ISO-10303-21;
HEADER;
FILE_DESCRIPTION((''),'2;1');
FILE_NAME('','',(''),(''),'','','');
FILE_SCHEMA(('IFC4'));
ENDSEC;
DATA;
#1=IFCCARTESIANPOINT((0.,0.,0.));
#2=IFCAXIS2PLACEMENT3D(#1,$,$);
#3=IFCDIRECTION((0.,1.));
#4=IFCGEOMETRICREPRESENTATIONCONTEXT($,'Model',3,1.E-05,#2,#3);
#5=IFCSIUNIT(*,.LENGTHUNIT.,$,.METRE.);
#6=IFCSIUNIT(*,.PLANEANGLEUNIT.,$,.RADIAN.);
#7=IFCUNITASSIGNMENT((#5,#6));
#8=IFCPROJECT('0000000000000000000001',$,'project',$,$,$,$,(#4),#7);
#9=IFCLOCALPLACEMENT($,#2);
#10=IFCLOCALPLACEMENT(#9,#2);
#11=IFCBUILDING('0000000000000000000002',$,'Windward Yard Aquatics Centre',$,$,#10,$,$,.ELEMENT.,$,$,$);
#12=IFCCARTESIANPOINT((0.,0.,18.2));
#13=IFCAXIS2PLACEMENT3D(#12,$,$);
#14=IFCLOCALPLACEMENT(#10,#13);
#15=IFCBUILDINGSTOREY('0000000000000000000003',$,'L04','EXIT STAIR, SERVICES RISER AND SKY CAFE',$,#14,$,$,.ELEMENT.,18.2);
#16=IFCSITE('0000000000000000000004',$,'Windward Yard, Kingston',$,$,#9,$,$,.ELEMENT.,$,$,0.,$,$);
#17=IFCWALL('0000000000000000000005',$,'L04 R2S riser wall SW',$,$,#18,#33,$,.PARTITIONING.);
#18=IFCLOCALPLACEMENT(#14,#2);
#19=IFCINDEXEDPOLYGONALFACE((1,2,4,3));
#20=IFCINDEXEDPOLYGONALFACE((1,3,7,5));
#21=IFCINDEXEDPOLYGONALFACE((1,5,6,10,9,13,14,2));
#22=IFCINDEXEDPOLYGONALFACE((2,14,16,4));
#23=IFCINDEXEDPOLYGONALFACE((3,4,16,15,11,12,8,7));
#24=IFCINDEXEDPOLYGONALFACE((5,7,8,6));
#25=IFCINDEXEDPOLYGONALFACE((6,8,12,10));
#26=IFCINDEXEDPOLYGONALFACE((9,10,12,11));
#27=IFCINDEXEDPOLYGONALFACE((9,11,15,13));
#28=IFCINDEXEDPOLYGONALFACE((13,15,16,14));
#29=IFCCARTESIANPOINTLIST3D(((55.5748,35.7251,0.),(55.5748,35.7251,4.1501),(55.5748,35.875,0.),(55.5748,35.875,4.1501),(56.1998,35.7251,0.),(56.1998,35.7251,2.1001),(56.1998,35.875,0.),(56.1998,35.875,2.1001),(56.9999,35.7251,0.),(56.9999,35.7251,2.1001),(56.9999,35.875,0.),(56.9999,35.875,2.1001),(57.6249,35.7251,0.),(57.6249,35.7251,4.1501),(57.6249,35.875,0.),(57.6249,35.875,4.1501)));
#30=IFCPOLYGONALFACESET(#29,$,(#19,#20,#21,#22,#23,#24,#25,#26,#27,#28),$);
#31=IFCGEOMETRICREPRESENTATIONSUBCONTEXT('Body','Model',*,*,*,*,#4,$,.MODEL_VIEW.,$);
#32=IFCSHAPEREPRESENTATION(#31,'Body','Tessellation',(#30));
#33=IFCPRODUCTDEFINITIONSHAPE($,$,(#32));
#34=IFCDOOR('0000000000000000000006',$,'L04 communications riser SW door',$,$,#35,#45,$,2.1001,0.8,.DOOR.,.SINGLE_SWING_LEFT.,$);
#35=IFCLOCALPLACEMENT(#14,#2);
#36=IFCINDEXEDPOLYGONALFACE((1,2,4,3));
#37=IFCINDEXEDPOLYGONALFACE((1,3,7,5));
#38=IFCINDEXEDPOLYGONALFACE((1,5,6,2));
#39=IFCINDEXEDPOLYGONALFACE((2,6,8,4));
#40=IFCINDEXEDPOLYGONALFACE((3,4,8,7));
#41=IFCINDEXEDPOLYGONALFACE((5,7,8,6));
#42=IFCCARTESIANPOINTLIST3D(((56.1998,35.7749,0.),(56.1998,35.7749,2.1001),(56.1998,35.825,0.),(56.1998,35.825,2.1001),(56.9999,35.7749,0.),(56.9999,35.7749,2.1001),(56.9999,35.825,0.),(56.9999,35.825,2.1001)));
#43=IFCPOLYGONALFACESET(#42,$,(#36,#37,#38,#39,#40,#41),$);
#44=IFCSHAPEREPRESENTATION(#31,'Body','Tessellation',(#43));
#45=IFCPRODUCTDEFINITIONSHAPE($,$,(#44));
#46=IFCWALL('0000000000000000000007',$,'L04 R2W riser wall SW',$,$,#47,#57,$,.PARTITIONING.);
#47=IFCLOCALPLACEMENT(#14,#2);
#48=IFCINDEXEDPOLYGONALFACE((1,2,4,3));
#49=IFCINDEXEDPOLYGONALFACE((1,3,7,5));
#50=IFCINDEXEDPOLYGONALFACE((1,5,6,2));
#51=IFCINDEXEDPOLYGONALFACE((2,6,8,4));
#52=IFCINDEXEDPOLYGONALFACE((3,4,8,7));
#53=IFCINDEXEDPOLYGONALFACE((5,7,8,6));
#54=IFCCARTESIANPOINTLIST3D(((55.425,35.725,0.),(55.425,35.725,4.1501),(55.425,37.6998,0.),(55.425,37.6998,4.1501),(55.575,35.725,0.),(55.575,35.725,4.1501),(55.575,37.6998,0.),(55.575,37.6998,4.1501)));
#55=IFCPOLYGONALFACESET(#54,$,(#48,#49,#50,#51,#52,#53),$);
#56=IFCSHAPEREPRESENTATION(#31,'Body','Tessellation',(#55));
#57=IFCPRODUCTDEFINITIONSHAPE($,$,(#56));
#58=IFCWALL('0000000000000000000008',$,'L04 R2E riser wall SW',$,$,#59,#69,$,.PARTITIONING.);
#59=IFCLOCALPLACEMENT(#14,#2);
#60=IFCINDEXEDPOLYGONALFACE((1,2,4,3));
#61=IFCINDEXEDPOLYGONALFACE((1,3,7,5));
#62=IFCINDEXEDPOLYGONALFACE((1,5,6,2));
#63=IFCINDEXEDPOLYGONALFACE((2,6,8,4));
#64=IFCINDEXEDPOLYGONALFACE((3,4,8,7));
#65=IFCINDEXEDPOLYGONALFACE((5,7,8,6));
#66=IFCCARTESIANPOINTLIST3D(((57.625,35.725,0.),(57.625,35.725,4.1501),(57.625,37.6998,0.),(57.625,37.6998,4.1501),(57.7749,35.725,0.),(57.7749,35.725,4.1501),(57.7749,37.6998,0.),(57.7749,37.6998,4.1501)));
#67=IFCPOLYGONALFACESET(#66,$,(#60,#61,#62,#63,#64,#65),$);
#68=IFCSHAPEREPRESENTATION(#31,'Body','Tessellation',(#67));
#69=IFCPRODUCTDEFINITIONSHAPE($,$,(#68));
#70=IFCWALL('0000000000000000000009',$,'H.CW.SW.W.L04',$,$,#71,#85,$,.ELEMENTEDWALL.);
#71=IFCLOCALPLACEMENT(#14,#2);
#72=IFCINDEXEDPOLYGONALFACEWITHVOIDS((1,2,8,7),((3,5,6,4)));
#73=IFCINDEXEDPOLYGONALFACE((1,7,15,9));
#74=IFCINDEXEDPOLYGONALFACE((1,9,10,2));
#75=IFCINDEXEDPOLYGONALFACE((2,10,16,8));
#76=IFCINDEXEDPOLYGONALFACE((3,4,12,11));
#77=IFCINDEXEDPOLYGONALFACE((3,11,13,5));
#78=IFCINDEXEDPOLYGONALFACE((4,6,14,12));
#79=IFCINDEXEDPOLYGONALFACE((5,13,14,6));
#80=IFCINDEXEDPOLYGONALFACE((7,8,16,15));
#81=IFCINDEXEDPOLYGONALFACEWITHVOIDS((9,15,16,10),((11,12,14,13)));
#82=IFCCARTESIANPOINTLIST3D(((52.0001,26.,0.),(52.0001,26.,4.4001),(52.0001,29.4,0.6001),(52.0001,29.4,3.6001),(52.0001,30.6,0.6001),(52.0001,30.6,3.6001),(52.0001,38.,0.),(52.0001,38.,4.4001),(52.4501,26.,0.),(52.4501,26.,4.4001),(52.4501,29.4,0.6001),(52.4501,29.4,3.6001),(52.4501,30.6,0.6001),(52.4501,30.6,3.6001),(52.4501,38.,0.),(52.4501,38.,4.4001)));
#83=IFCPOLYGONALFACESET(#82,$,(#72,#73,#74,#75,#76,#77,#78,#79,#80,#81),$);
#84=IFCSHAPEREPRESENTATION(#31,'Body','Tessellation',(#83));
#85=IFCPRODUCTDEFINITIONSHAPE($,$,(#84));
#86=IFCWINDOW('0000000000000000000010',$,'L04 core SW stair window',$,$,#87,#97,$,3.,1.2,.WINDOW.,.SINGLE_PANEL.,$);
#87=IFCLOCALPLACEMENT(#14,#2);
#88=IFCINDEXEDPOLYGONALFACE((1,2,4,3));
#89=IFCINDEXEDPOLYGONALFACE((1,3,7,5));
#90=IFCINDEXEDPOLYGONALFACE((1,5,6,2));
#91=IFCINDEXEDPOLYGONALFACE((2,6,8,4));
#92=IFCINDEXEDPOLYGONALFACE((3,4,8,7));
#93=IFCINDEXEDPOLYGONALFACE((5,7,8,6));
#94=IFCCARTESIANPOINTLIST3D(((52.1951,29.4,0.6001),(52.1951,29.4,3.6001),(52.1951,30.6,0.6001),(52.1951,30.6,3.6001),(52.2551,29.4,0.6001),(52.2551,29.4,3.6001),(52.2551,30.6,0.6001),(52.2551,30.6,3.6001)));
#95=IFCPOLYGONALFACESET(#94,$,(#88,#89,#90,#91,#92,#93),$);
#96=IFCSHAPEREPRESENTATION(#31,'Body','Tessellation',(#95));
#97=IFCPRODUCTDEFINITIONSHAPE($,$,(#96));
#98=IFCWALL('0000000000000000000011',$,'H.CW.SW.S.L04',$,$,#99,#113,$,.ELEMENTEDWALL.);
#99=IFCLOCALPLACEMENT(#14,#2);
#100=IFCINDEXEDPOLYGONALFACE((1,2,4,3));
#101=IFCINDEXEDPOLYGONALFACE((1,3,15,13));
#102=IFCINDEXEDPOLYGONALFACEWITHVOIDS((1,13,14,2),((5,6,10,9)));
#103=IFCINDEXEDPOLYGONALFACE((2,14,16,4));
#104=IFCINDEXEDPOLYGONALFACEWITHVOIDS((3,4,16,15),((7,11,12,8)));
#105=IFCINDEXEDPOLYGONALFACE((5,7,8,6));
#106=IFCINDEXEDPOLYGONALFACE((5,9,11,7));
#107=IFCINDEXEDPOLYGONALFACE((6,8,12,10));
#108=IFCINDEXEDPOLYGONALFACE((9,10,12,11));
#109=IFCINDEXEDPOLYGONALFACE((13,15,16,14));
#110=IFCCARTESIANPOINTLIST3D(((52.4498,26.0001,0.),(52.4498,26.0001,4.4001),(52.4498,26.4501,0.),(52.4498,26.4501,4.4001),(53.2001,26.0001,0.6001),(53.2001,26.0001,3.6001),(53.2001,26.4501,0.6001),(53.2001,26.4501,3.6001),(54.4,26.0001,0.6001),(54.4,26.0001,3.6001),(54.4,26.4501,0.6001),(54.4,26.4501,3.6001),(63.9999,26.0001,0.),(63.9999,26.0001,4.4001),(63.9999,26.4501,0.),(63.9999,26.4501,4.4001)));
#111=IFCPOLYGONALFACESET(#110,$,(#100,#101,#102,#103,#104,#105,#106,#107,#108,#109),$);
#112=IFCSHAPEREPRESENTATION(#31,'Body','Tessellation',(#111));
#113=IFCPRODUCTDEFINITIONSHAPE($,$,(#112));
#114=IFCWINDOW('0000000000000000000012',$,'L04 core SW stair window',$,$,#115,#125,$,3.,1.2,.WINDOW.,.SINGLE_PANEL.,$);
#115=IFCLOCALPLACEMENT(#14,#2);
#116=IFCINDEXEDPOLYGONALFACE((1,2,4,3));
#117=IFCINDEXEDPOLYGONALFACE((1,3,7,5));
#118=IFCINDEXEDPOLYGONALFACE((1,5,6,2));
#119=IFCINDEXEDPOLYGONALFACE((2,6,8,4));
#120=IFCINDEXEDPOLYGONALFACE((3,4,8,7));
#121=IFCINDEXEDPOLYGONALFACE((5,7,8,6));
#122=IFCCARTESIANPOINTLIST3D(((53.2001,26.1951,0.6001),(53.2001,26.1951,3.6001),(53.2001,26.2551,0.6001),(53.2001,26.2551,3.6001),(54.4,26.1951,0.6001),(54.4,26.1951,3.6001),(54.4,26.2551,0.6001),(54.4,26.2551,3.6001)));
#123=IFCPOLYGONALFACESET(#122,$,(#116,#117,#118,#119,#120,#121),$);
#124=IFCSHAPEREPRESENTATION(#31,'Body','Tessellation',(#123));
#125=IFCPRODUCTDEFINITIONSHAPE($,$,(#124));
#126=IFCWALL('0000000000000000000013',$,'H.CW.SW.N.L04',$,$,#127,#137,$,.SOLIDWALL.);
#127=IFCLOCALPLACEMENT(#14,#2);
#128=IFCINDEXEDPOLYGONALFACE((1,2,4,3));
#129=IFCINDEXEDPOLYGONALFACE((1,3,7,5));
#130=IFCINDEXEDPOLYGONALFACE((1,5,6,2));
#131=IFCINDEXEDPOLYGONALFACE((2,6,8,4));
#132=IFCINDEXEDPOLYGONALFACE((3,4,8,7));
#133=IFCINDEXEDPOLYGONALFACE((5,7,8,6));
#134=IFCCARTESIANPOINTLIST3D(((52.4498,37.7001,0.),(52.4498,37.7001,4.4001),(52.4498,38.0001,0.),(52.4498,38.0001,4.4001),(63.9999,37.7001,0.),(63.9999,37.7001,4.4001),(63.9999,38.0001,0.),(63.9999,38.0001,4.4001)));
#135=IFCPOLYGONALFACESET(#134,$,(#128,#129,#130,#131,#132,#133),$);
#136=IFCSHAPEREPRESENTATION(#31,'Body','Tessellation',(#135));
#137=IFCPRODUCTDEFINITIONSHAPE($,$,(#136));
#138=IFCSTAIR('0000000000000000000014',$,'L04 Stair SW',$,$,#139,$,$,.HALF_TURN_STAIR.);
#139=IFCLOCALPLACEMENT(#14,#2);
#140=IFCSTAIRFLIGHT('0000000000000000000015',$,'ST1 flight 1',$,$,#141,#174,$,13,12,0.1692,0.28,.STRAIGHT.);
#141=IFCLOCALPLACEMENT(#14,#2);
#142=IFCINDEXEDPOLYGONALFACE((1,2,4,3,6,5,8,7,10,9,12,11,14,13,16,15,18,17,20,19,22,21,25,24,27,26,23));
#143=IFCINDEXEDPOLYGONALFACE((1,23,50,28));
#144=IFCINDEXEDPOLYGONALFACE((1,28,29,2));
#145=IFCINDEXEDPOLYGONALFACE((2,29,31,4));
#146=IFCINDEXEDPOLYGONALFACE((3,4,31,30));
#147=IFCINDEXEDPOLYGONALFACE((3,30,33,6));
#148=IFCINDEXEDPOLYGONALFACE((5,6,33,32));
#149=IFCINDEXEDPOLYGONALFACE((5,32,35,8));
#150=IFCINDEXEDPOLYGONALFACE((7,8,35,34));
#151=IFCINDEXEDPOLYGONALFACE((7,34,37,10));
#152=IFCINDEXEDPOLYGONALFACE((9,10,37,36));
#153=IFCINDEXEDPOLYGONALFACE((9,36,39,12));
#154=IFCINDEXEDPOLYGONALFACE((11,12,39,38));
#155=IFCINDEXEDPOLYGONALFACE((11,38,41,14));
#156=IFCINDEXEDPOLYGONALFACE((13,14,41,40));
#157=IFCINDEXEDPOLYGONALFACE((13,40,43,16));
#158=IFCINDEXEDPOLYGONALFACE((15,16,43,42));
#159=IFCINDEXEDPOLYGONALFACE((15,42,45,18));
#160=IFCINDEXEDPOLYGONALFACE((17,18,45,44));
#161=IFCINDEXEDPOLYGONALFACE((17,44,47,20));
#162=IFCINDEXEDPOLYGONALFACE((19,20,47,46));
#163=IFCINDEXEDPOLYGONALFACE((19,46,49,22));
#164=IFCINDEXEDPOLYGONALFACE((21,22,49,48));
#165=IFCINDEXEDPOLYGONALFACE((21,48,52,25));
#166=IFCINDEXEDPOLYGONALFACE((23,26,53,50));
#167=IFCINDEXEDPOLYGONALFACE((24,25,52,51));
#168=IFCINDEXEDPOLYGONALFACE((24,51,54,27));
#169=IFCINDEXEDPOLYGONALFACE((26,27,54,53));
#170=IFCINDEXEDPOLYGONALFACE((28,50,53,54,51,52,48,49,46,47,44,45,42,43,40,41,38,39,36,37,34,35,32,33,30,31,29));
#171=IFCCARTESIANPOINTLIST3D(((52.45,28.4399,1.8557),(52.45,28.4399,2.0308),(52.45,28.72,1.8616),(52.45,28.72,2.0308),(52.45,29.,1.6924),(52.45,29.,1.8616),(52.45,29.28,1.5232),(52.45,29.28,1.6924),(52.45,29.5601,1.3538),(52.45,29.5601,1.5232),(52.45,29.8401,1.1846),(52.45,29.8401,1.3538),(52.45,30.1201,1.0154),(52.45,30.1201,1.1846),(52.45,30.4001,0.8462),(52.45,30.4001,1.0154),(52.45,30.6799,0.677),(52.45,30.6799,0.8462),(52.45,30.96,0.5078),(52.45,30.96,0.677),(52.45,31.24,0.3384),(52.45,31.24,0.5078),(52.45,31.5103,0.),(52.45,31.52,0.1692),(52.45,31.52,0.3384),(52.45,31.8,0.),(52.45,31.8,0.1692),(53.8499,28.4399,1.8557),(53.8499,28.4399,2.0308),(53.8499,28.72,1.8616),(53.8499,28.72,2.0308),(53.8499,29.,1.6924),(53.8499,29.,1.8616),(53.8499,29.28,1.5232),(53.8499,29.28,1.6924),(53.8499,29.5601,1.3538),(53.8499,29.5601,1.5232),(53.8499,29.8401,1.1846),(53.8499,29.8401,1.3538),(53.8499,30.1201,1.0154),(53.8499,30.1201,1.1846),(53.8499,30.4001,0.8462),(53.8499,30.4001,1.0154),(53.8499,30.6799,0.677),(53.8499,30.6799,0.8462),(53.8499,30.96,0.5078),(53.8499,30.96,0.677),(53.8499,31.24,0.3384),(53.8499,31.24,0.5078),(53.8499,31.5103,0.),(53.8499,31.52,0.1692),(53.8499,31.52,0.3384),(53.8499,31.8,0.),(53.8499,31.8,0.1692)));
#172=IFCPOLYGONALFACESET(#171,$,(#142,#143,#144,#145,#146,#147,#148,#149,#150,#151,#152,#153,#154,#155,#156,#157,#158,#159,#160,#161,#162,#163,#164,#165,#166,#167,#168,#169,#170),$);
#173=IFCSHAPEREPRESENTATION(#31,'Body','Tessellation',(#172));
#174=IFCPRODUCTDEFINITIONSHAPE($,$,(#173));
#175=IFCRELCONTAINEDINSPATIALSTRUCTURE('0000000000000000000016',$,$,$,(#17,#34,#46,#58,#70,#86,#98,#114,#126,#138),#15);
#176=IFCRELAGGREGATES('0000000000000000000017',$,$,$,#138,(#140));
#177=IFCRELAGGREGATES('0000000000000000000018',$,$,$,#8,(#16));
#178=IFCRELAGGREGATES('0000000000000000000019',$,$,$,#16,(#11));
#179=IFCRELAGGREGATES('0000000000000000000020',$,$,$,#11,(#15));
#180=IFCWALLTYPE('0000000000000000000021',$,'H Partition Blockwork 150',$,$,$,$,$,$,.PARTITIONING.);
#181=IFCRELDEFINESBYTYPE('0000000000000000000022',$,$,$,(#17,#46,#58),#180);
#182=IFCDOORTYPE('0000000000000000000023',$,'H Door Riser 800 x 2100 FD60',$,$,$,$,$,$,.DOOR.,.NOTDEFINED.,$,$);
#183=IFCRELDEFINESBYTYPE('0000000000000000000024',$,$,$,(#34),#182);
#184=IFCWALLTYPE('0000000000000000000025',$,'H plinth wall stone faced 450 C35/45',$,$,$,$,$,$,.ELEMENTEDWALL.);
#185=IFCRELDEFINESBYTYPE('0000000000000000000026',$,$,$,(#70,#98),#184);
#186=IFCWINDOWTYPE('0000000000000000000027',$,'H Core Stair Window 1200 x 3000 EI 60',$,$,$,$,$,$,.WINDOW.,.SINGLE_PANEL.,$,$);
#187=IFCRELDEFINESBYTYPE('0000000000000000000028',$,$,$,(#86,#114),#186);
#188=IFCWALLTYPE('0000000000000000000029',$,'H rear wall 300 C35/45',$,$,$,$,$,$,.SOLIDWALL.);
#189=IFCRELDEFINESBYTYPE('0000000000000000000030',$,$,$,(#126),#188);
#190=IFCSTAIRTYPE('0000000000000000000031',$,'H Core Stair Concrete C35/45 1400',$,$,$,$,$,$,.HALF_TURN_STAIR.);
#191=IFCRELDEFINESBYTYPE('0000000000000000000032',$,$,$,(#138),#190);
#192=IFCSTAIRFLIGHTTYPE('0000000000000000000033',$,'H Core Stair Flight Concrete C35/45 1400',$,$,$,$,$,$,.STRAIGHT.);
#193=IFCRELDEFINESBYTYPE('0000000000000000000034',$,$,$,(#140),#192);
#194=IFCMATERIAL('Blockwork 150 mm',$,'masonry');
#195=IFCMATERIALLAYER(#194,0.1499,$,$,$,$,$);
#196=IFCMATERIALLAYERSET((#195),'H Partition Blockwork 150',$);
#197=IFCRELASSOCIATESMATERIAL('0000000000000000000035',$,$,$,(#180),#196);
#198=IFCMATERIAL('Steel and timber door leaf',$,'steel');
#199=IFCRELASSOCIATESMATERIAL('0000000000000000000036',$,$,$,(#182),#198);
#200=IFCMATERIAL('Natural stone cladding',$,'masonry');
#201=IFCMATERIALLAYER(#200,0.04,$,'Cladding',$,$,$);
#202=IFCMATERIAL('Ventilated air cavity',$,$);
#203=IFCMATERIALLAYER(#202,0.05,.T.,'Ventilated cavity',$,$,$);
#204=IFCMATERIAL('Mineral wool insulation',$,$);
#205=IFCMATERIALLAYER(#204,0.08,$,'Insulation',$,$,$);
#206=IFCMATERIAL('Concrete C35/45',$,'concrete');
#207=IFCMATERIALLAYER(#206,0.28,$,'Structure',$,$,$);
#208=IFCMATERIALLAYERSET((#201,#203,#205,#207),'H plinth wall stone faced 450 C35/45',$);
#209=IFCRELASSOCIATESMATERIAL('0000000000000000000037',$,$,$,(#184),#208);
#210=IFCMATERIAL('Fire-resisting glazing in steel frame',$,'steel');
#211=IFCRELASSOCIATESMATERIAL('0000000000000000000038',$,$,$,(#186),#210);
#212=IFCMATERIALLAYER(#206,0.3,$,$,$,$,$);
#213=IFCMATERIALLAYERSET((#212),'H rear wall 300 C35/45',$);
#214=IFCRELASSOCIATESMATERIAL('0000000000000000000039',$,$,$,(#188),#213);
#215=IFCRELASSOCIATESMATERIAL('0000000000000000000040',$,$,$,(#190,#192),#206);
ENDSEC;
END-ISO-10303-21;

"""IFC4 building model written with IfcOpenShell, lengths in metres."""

from ifc_helpers import new_model, si_unit, direction, frame, frame_2d, origin, place, context, subcontext, project, spatial, polyline, rectangle, outline, extrude, material, layer, layer_set, type_object, element, fill, aggregate, save


model = new_model("IFC4")

# Units and contexts
model_context = context("Model", 3, precision=1e-05, world=origin(), true_north=direction((0.0, 1.0)))
body_context = subcontext(model_context, "Body", "Model", "MODEL_VIEW")
ifc_project = project(units=[si_unit("LENGTHUNIT", "METRE"), si_unit("PLANEANGLEUNIT", "RADIAN")], contexts=[model_context])

# Site, building, storey
site_placement = place(None, origin())
site = spatial("IfcSite", under=ifc_project, at=site_placement, Name="Windward Yard, Kingston", CompositionType="ELEMENT", RefElevation=0.0)
building_placement = place(site_placement, origin())
building = spatial("IfcBuilding", under=site, at=building_placement, Name="Windward Yard Aquatics Centre", CompositionType="ELEMENT")
storey_placement = place(building_placement, frame((0.0, 0.0, 18.2)))
storey = spatial("IfcBuildingStorey", under=building, at=storey_placement, Name="L04", Description="EXIT STAIR, SERVICES RISER AND SKY CAFE", CompositionType="ELEMENT", Elevation=18.2)

# Shared definitions
ifc_material_1 = material(Name="Concrete C35/45", Category="concrete")

# Shared definitions
ifc_material_2 = material(Name="Steel and timber door leaf", Category="steel")

# Shared definitions
ifc_material_3 = material(Name="Blockwork 150 mm", Category="masonry")
ifc_layer_1 = layer(ifc_material_3, 0.1499)
ifc_layer_set_1 = layer_set([ifc_layer_1], Name="H Partition Blockwork 150")
wall_type_1 = type_object("IfcWallType", Name="H Partition Blockwork 150", PredefinedType="PARTITIONING", material=ifc_layer_set_1)

# Wall, opening, door
wall_1_placement = place(storey_placement, frame((55.575, 35.8, 0.0), z_axis=(0.0, 0.0, 1.0), x_axis=(1.0, 0.0, 0.0)))
wall_1 = element("IfcWall", 1, at=wall_1_placement, inside=storey, type_object=wall_type_1, Name="L04 R2S riser wall SW", PredefinedType="PARTITIONING", context=body_context, shape_type="SweptSolid", body=[
    extrude(rectangle(XDim=2.05, YDim=0.1499, at=frame_2d((1.0249, 0.0))), origin(), (0.0, 0.0, 1.0), 4.1501),
])
opening_1_placement = place(wall_1_placement, frame((0.625, 0.0, 0.0)))
opening_1 = element("IfcOpeningElement", 2, at=opening_1_placement, cuts=wall_1, PredefinedType="OPENING", context=body_context, shape_type="SweptSolid", body=[
    extrude(rectangle(XDim=0.8, YDim=2.1001, at=frame_2d((0.3999, 1.05))), frame((0.0, 0.085, 0.0), z_axis=(0.0, -1.0, 0.0), x_axis=(1.0, 0.0, 0.0)), (0.0, 0.0, 1.0), 0.1699),
])
door_type_1 = type_object("IfcDoorType", Name="H Door Riser 800 x 2100 FD60", OperationType="NOTDEFINED", PredefinedType="DOOR", material=ifc_material_2)
door_1_placement = place(opening_1_placement, origin())
door_1 = element("IfcDoor", 3, at=door_1_placement, inside=storey, type_object=door_type_1, Name="L04 communications riser SW door", OperationType="SINGLE_SWING_LEFT", OverallHeight=2.1001, OverallWidth=0.8, PredefinedType="DOOR", context=body_context, shape_type="SweptSolid", body=[
    extrude(rectangle(XDim=0.8, YDim=2.1001, at=frame_2d((0.3999, 1.05))), frame((0.0, 0.0249, 0.0), z_axis=(0.0, -1.0, 0.0), x_axis=(1.0, 0.0, 0.0)), (0.0, 0.0, 1.0), 0.05),
])
fill(opening_1, door_1)

# Walls
for number, where, z_axis, x_axis, name in (
    (4, (55.5, 35.7251, 0.0), (0.0, 0.0, 1.0), (0.0, 1.0, 0.0), "L04 R2W riser wall SW"),
    (5, (57.7, 35.7251, 0.0), (0.0, 0.0, 1.0), (0.0, 1.0, 0.0), "L04 R2E riser wall SW"),
):
    element("IfcWall", number, at=place(storey_placement, frame(where, z_axis=z_axis, x_axis=x_axis)), inside=storey, type_object=wall_type_1, Name=name, PredefinedType="PARTITIONING", context=body_context, shape_type="SweptSolid", body=[
        extrude(rectangle(XDim=1.9749, YDim=0.1499, at=frame_2d((0.9873, 0.0))), origin(), (0.0, 0.0, 1.0), 4.1501),
    ])

# Walls, openings, windows
ifc_material_4 = material(Name="Natural stone cladding", Category="masonry")
ifc_layer_2 = layer(ifc_material_4, 0.04, Name="Cladding")
ifc_material_5 = material(Name="Ventilated air cavity")
ifc_layer_3 = layer(ifc_material_5, 0.05, ventilated=True, Name="Ventilated cavity")
ifc_material_6 = material(Name="Mineral wool insulation")
ifc_layer_4 = layer(ifc_material_6, 0.08, Name="Insulation")
ifc_layer_5 = layer(ifc_material_1, 0.28, Name="Structure")
ifc_layer_set_2 = layer_set([ifc_layer_2, ifc_layer_3, ifc_layer_4, ifc_layer_5], Name="H plinth wall stone faced 450 C35/45")
wall_type_2 = type_object("IfcWallType", Name="H plinth wall stone faced 450 C35/45", PredefinedType="ELEMENTEDWALL", material=ifc_layer_set_2)
wall_2_placement = place(storey_placement, frame((52.2251, 26.0, 0.0), z_axis=(0.0, 0.0, 1.0), x_axis=(0.0, 1.0, 0.0)))
wall_2 = element("IfcWall", 6, at=wall_2_placement, inside=storey, type_object=wall_type_2, Name="H.CW.SW.W.L04", PredefinedType="ELEMENTEDWALL", context=body_context, shape_type="SweptSolid", body=[
    extrude(rectangle(XDim=12.0, YDim=0.45, at=frame_2d((6.0, 0.0))), origin(), (0.0, 0.0, 1.0), 4.4001),
])
opening_2_placement = place(wall_2_placement, frame((3.3999, 0.0, 0.6001)))
opening_2 = element("IfcOpeningElement", 7, at=opening_2_placement, cuts=wall_2, PredefinedType="OPENING", context=body_context, shape_type="SweptSolid", body=[
    extrude(rectangle(XDim=1.2, YDim=3.0, at=frame_2d((0.6001, 1.5))), frame((0.0, 0.2349, 0.0), z_axis=(0.0, -1.0, 0.0), x_axis=(1.0, 0.0, 0.0)), (0.0, 0.0, 1.0), 0.47),
])
ifc_material_7 = material(Name="Fire-resisting glazing in steel frame", Category="steel")
window_type = type_object("IfcWindowType", Name="H Core Stair Window 1200 x 3000 EI 60", PartitioningType="SINGLE_PANEL", PredefinedType="WINDOW", material=ifc_material_7)
window_1_placement = place(opening_2_placement, origin())
window_1 = element("IfcWindow", 8, at=window_1_placement, inside=storey, type_object=window_type, Name="L04 core SW stair window", OverallHeight=3.0, OverallWidth=1.2, PartitioningType="SINGLE_PANEL", PredefinedType="WINDOW", context=body_context, shape_type="SweptSolid", body=[
    extrude(rectangle(XDim=1.2, YDim=3.0, at=frame_2d((0.6001, 1.5))), frame((0.0, 0.03, 0.0), z_axis=(0.0, -1.0, 0.0), x_axis=(1.0, 0.0, 0.0)), (0.0, 0.0, 1.0), 0.0601),
])
fill(opening_2, window_1)
wall_3_placement = place(storey_placement, frame((52.45, 26.2251, 0.0), z_axis=(0.0, 0.0, 1.0), x_axis=(1.0, 0.0, 0.0)))
wall_3 = element("IfcWall", 9, at=wall_3_placement, inside=storey, type_object=wall_type_2, Name="H.CW.SW.S.L04", PredefinedType="ELEMENTEDWALL", context=body_context, shape_type="SweptSolid", body=[
    extrude(rectangle(XDim=11.55, YDim=0.45, at=frame_2d((5.7749, 0.0))), origin(), (0.0, 0.0, 1.0), 4.4001),
])
opening_3_placement = place(wall_3_placement, frame((0.75, 0.0, 0.6001)))
opening_3 = element("IfcOpeningElement", 10, at=opening_3_placement, cuts=wall_3, PredefinedType="OPENING", context=body_context, shape_type="SweptSolid", body=[
    extrude(rectangle(XDim=1.2, YDim=3.0, at=frame_2d((0.6001, 1.5))), frame((0.0, 0.2349, 0.0), z_axis=(0.0, -1.0, 0.0), x_axis=(1.0, 0.0, 0.0)), (0.0, 0.0, 1.0), 0.47),
])
window_2_placement = place(opening_3_placement, origin())
window_2 = element("IfcWindow", 11, at=window_2_placement, inside=storey, type_object=window_type, Name="L04 core SW stair window", OverallHeight=3.0, OverallWidth=1.2, PartitioningType="SINGLE_PANEL", PredefinedType="WINDOW", context=body_context, shape_type="SweptSolid", body=[
    extrude(rectangle(XDim=1.2, YDim=3.0, at=frame_2d((0.6001, 1.5))), frame((0.0, 0.03, 0.0), z_axis=(0.0, -1.0, 0.0), x_axis=(1.0, 0.0, 0.0)), (0.0, 0.0, 1.0), 0.0601),
])
fill(opening_3, window_2)

# Wall
ifc_layer_6 = layer(ifc_material_1, 0.3)
ifc_layer_set_3 = layer_set([ifc_layer_6], Name="H rear wall 300 C35/45")
wall_type_3 = type_object("IfcWallType", Name="H rear wall 300 C35/45", PredefinedType="SOLIDWALL", material=ifc_layer_set_3)
wall_4_placement = place(storey_placement, frame((52.45, 37.8501, 0.0), z_axis=(0.0, 0.0, 1.0), x_axis=(1.0, 0.0, 0.0)))
element("IfcWall", 12, at=wall_4_placement, inside=storey, type_object=wall_type_3, Name="H.CW.SW.N.L04", PredefinedType="SOLIDWALL", context=body_context, shape_type="SweptSolid", body=[
    extrude(rectangle(XDim=11.55, YDim=0.3, at=frame_2d((5.7749, 0.0))), origin(), (0.0, 0.0, 1.0), 4.4001),
])

# Stair, stair flight
stair_type = type_object("IfcStairType", Name="H Core Stair Concrete C35/45 1400", PredefinedType="HALF_TURN_STAIR", material=ifc_material_1)
stair_placement = place(storey_placement, origin())
stair = element("IfcStair", 13, at=stair_placement, inside=storey, type_object=stair_type, Name="L04 Stair SW", PredefinedType="HALF_TURN_STAIR")
stair_flight_type = type_object("IfcStairFlightType", Name="H Core Stair Flight Concrete C35/45 1400", PredefinedType="STRAIGHT", material=ifc_material_1)
stair_flight_1_placement = place(storey_placement, frame((53.1499, 31.8, 0.0), z_axis=(0.0, 0.0, 1.0), x_axis=(0.0, -1.0, 0.0)))
stair_flight_1 = element("IfcStairFlight", 14, at=stair_flight_1_placement, type_object=stair_flight_type, Name="ST1 flight 1", NumberOfRisers=13, NumberOfTreads=12, PredefinedType="STRAIGHT", RiserHeight=0.1692, TreadLength=0.28, context=body_context, shape_type="SweptSolid", body=[
    extrude(outline(polyline([(0.0, 0.0), (0.0, 0.1692), (0.28, 0.1692), (0.28, 0.3384), (0.5601, 0.3384), (0.5601, 0.5078), (0.8401, 0.5078), (0.8401, 0.677), (1.1201, 0.677), (1.1201, 0.8462), (1.3999, 0.8462), (1.3999, 1.0154), (1.6799, 1.0154), (1.6799, 1.1846), (1.96, 1.1846), (1.96, 1.3538), (2.24, 1.3538), (2.24, 1.5232), (2.52, 1.5232), (2.52, 1.6924), (2.8, 1.6924), (2.8, 1.8616), (3.0801, 1.8616), (3.0801, 2.0308), (3.3601, 2.0308), (3.3601, 2.2), (3.3601, 1.8557), (0.2898, 0.0), (0.0, 0.0)])), frame((0.0, 0.7, 0.0), z_axis=(0.0, -1.0, 0.0), x_axis=(1.0, 0.0, 0.0)), (0.0, 0.0, 1.0), 1.3999),
])
aggregate(stair, [stair_flight_1])

save(model, "model.ifc")
